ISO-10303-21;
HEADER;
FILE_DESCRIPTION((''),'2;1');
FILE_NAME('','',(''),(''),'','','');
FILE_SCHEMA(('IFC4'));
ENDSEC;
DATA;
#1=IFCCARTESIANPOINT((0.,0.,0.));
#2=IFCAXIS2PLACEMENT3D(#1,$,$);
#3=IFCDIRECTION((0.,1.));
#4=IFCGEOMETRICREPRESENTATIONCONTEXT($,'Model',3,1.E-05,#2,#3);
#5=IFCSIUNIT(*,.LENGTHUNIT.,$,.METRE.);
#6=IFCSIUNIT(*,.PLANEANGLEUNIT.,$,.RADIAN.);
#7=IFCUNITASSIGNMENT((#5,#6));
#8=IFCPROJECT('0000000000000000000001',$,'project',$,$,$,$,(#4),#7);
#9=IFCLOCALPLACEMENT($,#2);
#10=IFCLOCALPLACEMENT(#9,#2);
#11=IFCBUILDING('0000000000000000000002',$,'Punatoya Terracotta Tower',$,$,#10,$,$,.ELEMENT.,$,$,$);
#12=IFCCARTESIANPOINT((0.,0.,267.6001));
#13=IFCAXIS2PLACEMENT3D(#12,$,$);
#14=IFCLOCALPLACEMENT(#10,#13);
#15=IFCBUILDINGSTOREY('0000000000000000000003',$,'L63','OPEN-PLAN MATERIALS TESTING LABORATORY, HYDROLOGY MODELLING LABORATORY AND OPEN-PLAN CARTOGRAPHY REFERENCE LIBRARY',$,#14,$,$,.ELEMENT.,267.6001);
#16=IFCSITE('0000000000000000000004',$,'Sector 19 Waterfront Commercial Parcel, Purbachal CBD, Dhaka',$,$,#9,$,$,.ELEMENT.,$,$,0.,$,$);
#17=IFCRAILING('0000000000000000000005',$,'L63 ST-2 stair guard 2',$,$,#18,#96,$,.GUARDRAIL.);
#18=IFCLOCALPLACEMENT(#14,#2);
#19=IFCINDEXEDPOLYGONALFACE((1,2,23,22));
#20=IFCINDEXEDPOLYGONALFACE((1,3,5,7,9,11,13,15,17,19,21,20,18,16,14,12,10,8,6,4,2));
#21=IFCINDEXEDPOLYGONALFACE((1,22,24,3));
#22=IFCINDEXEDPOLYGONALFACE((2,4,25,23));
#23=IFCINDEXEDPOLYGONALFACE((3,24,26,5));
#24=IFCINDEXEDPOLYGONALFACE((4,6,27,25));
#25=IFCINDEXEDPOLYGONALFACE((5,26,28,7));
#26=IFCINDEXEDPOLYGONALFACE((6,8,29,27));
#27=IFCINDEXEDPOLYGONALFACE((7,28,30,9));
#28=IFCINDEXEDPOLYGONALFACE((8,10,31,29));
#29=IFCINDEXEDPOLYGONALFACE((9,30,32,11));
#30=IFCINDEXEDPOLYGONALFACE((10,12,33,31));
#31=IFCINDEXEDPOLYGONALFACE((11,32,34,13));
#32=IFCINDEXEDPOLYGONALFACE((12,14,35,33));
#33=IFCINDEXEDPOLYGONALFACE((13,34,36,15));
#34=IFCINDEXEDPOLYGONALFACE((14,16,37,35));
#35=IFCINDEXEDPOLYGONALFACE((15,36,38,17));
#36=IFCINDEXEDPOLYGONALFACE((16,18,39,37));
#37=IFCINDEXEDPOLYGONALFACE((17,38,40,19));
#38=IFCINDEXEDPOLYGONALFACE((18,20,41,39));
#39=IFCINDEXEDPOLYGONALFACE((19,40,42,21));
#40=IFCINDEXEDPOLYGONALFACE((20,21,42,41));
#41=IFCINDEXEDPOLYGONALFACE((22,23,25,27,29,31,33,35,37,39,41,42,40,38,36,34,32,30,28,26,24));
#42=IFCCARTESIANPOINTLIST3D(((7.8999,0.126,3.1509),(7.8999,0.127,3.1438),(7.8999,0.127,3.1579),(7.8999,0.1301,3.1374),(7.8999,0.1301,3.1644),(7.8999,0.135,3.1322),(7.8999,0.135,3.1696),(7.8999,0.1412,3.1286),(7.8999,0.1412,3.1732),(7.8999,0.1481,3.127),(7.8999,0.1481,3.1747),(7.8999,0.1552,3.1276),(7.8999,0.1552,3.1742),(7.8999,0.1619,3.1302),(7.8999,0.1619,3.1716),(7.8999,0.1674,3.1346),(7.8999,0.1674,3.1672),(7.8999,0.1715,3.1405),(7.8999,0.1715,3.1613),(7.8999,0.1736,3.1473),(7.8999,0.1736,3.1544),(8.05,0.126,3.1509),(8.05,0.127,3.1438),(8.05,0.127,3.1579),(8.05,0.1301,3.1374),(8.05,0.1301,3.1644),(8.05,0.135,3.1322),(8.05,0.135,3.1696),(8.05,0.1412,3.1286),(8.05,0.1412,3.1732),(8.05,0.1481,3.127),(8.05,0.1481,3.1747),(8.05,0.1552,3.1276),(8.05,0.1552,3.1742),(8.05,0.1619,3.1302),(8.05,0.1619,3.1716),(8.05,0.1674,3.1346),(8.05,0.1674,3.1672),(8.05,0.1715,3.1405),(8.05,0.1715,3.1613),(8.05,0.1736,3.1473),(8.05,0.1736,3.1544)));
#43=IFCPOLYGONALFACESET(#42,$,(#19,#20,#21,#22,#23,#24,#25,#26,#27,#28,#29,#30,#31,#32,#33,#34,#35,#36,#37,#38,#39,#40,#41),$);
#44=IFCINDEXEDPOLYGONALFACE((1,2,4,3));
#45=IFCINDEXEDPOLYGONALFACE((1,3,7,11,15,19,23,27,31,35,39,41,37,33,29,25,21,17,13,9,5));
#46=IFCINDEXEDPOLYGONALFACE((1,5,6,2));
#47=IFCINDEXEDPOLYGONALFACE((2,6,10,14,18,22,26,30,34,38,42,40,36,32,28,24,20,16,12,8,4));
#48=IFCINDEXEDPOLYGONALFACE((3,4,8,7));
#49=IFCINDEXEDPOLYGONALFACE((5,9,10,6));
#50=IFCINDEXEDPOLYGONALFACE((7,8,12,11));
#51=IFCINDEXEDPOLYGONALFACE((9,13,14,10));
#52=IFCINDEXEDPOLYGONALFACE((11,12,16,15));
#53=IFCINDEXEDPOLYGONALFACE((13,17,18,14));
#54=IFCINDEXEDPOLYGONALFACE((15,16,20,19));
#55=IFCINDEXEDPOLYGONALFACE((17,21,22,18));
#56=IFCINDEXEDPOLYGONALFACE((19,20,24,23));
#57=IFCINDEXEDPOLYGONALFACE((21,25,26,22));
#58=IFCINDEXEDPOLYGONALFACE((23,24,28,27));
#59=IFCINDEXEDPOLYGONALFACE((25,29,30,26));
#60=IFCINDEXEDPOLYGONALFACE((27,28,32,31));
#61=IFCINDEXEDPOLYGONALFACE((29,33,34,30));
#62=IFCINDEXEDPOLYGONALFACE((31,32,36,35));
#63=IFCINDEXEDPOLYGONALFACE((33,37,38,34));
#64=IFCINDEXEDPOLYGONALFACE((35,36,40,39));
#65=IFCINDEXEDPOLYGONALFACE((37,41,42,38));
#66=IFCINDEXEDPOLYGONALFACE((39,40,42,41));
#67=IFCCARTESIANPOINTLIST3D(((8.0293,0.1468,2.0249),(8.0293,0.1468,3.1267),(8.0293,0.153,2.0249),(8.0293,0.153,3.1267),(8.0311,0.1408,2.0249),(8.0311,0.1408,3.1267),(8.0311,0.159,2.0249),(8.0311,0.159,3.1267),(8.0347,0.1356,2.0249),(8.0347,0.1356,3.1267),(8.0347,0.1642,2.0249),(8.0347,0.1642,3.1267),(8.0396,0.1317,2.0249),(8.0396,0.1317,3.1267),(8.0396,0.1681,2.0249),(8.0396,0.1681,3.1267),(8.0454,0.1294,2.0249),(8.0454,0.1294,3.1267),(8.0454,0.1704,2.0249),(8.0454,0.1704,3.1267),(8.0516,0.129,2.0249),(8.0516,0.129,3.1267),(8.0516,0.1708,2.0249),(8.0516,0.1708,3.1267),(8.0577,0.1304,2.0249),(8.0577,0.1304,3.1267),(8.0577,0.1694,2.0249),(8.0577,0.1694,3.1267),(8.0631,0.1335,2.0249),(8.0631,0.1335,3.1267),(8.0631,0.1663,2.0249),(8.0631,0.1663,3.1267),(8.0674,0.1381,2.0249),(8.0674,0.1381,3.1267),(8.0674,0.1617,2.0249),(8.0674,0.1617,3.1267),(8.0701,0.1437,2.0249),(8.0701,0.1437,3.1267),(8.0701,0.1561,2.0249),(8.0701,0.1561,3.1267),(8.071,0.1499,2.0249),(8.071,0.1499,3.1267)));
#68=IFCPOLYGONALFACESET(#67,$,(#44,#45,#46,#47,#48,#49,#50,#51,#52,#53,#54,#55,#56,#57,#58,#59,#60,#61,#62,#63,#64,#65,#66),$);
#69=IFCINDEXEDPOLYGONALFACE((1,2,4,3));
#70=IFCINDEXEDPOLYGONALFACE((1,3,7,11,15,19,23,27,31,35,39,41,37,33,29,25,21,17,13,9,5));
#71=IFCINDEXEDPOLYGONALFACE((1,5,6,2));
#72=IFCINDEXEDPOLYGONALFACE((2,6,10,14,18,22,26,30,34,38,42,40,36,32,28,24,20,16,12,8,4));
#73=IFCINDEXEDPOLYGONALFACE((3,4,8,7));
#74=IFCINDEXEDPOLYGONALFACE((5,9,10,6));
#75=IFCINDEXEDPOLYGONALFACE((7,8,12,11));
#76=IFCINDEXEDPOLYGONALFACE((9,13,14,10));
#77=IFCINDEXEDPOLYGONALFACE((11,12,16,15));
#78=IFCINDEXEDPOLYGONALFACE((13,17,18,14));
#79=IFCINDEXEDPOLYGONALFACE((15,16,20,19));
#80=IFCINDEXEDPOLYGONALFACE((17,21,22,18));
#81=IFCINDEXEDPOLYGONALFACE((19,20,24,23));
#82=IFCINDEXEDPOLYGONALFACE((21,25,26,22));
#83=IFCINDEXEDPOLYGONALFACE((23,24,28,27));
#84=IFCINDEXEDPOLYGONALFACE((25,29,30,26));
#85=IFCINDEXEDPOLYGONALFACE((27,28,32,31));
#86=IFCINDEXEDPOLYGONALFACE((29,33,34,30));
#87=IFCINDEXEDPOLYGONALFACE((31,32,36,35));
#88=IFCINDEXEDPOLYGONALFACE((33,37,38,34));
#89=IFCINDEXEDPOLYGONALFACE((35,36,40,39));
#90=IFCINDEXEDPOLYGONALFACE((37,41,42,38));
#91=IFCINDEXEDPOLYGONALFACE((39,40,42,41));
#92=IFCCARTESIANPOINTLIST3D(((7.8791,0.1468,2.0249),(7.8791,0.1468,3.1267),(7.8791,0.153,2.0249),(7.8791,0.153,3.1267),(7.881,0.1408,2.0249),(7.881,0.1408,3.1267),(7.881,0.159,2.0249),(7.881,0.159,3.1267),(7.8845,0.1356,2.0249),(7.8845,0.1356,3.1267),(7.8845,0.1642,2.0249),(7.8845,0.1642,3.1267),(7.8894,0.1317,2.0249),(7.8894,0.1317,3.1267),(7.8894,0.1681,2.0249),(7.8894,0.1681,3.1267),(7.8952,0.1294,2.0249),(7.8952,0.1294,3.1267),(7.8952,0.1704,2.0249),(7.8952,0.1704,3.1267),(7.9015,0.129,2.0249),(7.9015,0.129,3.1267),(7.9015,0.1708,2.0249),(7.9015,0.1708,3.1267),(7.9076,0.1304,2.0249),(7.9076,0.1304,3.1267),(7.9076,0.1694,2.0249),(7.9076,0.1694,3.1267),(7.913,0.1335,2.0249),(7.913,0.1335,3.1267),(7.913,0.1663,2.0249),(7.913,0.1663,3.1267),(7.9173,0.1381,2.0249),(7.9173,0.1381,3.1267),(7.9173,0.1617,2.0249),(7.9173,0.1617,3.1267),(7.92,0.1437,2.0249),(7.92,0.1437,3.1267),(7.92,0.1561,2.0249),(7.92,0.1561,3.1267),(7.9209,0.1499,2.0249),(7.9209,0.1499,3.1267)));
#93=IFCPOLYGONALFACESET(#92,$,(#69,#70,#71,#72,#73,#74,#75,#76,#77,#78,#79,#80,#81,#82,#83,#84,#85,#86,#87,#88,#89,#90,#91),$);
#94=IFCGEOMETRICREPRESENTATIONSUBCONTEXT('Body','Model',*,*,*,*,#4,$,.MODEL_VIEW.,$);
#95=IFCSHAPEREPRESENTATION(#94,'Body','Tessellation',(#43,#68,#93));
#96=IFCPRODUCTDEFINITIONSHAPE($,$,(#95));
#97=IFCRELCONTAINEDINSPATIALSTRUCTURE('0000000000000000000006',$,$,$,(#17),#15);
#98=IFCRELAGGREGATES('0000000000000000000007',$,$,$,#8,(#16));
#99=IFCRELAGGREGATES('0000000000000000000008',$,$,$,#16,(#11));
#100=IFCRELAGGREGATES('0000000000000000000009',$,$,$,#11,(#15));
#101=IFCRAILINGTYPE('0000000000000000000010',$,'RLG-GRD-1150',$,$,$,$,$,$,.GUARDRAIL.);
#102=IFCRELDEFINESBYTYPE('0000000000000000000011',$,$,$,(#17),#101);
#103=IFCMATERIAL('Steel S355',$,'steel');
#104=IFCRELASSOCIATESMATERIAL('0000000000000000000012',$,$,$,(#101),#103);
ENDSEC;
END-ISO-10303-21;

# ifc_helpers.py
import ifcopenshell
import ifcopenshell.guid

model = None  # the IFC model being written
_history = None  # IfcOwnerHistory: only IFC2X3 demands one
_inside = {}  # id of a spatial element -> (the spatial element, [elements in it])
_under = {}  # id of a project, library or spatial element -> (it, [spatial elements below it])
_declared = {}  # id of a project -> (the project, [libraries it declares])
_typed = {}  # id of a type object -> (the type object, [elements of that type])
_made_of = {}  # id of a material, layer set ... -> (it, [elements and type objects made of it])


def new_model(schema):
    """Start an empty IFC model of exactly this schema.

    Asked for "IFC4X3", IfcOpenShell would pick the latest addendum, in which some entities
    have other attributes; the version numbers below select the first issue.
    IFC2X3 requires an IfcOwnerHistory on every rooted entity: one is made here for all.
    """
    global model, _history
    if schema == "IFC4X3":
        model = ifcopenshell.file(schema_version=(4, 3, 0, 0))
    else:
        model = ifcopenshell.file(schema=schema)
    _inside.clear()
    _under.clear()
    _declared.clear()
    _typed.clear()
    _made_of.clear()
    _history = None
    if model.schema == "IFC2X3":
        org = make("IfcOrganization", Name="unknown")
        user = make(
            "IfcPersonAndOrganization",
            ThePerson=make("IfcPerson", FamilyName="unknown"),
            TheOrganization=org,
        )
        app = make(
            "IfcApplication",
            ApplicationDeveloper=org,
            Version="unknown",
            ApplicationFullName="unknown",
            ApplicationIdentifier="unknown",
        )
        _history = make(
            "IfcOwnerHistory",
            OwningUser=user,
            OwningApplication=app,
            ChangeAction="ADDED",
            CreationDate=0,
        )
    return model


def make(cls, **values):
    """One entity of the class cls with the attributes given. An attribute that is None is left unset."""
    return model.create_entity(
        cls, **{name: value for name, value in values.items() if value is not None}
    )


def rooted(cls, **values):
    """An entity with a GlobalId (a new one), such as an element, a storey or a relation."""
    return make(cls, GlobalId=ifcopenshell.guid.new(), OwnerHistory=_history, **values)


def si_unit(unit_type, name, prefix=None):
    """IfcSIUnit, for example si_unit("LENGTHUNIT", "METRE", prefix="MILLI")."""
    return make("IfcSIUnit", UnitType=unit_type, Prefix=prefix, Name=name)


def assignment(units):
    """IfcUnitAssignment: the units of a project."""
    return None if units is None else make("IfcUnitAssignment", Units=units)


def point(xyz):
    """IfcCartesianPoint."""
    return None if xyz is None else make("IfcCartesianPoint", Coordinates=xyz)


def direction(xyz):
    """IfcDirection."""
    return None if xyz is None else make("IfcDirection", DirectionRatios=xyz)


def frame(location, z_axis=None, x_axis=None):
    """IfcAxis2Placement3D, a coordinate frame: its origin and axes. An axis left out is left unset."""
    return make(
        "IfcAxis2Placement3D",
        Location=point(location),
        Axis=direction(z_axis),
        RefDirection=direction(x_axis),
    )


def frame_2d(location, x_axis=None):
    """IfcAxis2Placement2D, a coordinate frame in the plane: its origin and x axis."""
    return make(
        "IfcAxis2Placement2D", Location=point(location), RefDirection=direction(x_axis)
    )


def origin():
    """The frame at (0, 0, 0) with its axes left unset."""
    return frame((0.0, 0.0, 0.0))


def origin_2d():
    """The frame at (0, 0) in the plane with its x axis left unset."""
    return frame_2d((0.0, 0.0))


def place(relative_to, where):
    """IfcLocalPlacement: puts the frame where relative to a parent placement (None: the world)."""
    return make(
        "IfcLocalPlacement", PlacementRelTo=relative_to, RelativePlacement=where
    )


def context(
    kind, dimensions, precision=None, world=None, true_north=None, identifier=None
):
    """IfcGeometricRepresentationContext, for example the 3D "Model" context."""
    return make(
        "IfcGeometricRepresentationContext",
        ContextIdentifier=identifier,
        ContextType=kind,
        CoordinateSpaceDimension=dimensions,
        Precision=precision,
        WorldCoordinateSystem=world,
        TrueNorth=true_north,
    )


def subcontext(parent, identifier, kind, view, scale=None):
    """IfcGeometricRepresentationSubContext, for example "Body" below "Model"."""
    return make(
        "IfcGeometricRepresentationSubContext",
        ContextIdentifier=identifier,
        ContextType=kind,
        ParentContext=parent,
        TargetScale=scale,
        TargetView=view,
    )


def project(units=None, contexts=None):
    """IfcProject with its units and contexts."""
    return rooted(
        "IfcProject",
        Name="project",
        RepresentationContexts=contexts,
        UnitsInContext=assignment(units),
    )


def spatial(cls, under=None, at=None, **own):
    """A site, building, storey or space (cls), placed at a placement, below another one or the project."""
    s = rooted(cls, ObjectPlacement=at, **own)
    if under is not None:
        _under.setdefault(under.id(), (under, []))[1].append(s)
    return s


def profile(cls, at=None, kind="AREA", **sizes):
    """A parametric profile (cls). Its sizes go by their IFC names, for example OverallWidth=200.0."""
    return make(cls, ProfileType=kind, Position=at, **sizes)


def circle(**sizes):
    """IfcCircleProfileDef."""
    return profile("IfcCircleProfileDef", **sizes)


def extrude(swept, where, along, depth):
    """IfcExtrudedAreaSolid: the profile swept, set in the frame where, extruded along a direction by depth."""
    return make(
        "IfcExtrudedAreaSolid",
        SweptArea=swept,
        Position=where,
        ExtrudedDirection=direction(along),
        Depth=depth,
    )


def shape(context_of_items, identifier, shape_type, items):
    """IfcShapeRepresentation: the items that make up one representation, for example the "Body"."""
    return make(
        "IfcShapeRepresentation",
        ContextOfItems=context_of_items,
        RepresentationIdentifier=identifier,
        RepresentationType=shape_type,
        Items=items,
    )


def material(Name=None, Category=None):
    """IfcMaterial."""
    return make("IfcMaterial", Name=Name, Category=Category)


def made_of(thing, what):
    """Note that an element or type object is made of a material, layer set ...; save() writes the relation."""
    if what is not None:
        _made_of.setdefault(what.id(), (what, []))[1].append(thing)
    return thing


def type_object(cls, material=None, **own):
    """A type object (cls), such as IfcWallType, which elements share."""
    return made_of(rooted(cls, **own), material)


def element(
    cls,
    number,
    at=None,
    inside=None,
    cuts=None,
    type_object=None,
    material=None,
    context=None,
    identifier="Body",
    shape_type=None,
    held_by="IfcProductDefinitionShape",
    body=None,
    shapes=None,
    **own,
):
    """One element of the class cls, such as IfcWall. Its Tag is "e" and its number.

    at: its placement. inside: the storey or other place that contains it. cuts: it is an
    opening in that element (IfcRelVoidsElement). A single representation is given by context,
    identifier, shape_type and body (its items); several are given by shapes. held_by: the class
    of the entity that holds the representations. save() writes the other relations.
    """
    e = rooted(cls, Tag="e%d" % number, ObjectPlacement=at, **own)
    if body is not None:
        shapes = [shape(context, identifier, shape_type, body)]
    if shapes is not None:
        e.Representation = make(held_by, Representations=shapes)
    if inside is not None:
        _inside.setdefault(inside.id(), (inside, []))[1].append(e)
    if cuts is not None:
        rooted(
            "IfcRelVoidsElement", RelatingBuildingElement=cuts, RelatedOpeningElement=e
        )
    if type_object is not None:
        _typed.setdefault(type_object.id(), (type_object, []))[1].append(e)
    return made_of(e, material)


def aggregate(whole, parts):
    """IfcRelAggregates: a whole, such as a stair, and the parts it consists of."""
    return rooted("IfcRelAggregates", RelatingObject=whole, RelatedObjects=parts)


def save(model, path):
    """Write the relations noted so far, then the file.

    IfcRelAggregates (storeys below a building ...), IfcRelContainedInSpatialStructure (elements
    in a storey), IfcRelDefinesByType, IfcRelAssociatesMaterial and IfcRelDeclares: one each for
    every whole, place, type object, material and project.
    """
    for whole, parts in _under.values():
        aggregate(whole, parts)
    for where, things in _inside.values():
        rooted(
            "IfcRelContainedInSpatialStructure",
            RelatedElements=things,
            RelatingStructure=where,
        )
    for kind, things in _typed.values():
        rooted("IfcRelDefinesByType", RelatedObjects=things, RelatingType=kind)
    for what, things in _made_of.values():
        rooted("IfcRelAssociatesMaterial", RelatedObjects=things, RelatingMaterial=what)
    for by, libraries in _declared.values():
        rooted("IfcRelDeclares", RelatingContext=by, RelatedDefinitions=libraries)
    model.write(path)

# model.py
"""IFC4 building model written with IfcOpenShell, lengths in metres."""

from ifc_helpers import new_model, si_unit, direction, frame, origin, origin_2d, place, context, subcontext, project, spatial, circle, extrude, material, type_object, element, save


model = new_model("IFC4")

# Units and contexts
model_context = context("Model", 3, precision=1e-05, world=origin(), true_north=direction((0.0, 1.0)))
body_context = subcontext(model_context, "Body", "Model", "MODEL_VIEW")
ifc_project = project(units=[si_unit("LENGTHUNIT", "METRE"), si_unit("PLANEANGLEUNIT", "RADIAN")], contexts=[model_context])

# Site, building, storey
site_placement = place(None, origin())
site = spatial("IfcSite", under=ifc_project, at=site_placement, Name="Sector 19 Waterfront Commercial Parcel, Purbachal CBD, Dhaka", CompositionType="ELEMENT", RefElevation=0.0)
building_placement = place(site_placement, origin())
building = spatial("IfcBuilding", under=site, at=building_placement, Name="Punatoya Terracotta Tower", CompositionType="ELEMENT")
storey_placement = place(building_placement, frame((0.0, 0.0, 267.6001)))
storey = spatial("IfcBuildingStorey", under=building, at=storey_placement, Name="L63", Description="OPEN-PLAN MATERIALS TESTING LABORATORY, HYDROLOGY MODELLING LABORATORY AND OPEN-PLAN CARTOGRAPHY REFERENCE LIBRARY", CompositionType="ELEMENT", Elevation=267.6001)

# Shared definitions
ifc_material_1 = material(Name="Steel S355", Category="steel")

# Railing
railing_type_1 = type_object("IfcRailingType", Name="RLG-GRD-1150", PredefinedType="GUARDRAIL", material=ifc_material_1)
railing_1_placement = place(storey_placement, frame((8.05, 0.1499, 2.0249)))
element("IfcRailing", 1, at=railing_1_placement, inside=storey, type_object=railing_type_1, Name="L63 ST-2 stair guard 2", PredefinedType="GUARDRAIL", context=body_context, shape_type="SweptSolid", body=[
    extrude(circle(Radius=0.0239, at=origin_2d()), frame((0.0, 0.0, 1.126), z_axis=(-1.0, 0.0, 0.0), x_axis=(0.0, -1.0, 0.0)), (0.0, 0.0, 1.0), 0.1501),
    extrude(circle(Radius=0.021, at=origin_2d()), origin(), (0.0, 0.0, 1.0), 1.1018),
    extrude(circle(Radius=0.021, at=origin_2d()), frame((-0.1501, 0.0, 0.0)), (0.0, 0.0, 1.0), 1.1018),
])

save(model, "model.ifc")
